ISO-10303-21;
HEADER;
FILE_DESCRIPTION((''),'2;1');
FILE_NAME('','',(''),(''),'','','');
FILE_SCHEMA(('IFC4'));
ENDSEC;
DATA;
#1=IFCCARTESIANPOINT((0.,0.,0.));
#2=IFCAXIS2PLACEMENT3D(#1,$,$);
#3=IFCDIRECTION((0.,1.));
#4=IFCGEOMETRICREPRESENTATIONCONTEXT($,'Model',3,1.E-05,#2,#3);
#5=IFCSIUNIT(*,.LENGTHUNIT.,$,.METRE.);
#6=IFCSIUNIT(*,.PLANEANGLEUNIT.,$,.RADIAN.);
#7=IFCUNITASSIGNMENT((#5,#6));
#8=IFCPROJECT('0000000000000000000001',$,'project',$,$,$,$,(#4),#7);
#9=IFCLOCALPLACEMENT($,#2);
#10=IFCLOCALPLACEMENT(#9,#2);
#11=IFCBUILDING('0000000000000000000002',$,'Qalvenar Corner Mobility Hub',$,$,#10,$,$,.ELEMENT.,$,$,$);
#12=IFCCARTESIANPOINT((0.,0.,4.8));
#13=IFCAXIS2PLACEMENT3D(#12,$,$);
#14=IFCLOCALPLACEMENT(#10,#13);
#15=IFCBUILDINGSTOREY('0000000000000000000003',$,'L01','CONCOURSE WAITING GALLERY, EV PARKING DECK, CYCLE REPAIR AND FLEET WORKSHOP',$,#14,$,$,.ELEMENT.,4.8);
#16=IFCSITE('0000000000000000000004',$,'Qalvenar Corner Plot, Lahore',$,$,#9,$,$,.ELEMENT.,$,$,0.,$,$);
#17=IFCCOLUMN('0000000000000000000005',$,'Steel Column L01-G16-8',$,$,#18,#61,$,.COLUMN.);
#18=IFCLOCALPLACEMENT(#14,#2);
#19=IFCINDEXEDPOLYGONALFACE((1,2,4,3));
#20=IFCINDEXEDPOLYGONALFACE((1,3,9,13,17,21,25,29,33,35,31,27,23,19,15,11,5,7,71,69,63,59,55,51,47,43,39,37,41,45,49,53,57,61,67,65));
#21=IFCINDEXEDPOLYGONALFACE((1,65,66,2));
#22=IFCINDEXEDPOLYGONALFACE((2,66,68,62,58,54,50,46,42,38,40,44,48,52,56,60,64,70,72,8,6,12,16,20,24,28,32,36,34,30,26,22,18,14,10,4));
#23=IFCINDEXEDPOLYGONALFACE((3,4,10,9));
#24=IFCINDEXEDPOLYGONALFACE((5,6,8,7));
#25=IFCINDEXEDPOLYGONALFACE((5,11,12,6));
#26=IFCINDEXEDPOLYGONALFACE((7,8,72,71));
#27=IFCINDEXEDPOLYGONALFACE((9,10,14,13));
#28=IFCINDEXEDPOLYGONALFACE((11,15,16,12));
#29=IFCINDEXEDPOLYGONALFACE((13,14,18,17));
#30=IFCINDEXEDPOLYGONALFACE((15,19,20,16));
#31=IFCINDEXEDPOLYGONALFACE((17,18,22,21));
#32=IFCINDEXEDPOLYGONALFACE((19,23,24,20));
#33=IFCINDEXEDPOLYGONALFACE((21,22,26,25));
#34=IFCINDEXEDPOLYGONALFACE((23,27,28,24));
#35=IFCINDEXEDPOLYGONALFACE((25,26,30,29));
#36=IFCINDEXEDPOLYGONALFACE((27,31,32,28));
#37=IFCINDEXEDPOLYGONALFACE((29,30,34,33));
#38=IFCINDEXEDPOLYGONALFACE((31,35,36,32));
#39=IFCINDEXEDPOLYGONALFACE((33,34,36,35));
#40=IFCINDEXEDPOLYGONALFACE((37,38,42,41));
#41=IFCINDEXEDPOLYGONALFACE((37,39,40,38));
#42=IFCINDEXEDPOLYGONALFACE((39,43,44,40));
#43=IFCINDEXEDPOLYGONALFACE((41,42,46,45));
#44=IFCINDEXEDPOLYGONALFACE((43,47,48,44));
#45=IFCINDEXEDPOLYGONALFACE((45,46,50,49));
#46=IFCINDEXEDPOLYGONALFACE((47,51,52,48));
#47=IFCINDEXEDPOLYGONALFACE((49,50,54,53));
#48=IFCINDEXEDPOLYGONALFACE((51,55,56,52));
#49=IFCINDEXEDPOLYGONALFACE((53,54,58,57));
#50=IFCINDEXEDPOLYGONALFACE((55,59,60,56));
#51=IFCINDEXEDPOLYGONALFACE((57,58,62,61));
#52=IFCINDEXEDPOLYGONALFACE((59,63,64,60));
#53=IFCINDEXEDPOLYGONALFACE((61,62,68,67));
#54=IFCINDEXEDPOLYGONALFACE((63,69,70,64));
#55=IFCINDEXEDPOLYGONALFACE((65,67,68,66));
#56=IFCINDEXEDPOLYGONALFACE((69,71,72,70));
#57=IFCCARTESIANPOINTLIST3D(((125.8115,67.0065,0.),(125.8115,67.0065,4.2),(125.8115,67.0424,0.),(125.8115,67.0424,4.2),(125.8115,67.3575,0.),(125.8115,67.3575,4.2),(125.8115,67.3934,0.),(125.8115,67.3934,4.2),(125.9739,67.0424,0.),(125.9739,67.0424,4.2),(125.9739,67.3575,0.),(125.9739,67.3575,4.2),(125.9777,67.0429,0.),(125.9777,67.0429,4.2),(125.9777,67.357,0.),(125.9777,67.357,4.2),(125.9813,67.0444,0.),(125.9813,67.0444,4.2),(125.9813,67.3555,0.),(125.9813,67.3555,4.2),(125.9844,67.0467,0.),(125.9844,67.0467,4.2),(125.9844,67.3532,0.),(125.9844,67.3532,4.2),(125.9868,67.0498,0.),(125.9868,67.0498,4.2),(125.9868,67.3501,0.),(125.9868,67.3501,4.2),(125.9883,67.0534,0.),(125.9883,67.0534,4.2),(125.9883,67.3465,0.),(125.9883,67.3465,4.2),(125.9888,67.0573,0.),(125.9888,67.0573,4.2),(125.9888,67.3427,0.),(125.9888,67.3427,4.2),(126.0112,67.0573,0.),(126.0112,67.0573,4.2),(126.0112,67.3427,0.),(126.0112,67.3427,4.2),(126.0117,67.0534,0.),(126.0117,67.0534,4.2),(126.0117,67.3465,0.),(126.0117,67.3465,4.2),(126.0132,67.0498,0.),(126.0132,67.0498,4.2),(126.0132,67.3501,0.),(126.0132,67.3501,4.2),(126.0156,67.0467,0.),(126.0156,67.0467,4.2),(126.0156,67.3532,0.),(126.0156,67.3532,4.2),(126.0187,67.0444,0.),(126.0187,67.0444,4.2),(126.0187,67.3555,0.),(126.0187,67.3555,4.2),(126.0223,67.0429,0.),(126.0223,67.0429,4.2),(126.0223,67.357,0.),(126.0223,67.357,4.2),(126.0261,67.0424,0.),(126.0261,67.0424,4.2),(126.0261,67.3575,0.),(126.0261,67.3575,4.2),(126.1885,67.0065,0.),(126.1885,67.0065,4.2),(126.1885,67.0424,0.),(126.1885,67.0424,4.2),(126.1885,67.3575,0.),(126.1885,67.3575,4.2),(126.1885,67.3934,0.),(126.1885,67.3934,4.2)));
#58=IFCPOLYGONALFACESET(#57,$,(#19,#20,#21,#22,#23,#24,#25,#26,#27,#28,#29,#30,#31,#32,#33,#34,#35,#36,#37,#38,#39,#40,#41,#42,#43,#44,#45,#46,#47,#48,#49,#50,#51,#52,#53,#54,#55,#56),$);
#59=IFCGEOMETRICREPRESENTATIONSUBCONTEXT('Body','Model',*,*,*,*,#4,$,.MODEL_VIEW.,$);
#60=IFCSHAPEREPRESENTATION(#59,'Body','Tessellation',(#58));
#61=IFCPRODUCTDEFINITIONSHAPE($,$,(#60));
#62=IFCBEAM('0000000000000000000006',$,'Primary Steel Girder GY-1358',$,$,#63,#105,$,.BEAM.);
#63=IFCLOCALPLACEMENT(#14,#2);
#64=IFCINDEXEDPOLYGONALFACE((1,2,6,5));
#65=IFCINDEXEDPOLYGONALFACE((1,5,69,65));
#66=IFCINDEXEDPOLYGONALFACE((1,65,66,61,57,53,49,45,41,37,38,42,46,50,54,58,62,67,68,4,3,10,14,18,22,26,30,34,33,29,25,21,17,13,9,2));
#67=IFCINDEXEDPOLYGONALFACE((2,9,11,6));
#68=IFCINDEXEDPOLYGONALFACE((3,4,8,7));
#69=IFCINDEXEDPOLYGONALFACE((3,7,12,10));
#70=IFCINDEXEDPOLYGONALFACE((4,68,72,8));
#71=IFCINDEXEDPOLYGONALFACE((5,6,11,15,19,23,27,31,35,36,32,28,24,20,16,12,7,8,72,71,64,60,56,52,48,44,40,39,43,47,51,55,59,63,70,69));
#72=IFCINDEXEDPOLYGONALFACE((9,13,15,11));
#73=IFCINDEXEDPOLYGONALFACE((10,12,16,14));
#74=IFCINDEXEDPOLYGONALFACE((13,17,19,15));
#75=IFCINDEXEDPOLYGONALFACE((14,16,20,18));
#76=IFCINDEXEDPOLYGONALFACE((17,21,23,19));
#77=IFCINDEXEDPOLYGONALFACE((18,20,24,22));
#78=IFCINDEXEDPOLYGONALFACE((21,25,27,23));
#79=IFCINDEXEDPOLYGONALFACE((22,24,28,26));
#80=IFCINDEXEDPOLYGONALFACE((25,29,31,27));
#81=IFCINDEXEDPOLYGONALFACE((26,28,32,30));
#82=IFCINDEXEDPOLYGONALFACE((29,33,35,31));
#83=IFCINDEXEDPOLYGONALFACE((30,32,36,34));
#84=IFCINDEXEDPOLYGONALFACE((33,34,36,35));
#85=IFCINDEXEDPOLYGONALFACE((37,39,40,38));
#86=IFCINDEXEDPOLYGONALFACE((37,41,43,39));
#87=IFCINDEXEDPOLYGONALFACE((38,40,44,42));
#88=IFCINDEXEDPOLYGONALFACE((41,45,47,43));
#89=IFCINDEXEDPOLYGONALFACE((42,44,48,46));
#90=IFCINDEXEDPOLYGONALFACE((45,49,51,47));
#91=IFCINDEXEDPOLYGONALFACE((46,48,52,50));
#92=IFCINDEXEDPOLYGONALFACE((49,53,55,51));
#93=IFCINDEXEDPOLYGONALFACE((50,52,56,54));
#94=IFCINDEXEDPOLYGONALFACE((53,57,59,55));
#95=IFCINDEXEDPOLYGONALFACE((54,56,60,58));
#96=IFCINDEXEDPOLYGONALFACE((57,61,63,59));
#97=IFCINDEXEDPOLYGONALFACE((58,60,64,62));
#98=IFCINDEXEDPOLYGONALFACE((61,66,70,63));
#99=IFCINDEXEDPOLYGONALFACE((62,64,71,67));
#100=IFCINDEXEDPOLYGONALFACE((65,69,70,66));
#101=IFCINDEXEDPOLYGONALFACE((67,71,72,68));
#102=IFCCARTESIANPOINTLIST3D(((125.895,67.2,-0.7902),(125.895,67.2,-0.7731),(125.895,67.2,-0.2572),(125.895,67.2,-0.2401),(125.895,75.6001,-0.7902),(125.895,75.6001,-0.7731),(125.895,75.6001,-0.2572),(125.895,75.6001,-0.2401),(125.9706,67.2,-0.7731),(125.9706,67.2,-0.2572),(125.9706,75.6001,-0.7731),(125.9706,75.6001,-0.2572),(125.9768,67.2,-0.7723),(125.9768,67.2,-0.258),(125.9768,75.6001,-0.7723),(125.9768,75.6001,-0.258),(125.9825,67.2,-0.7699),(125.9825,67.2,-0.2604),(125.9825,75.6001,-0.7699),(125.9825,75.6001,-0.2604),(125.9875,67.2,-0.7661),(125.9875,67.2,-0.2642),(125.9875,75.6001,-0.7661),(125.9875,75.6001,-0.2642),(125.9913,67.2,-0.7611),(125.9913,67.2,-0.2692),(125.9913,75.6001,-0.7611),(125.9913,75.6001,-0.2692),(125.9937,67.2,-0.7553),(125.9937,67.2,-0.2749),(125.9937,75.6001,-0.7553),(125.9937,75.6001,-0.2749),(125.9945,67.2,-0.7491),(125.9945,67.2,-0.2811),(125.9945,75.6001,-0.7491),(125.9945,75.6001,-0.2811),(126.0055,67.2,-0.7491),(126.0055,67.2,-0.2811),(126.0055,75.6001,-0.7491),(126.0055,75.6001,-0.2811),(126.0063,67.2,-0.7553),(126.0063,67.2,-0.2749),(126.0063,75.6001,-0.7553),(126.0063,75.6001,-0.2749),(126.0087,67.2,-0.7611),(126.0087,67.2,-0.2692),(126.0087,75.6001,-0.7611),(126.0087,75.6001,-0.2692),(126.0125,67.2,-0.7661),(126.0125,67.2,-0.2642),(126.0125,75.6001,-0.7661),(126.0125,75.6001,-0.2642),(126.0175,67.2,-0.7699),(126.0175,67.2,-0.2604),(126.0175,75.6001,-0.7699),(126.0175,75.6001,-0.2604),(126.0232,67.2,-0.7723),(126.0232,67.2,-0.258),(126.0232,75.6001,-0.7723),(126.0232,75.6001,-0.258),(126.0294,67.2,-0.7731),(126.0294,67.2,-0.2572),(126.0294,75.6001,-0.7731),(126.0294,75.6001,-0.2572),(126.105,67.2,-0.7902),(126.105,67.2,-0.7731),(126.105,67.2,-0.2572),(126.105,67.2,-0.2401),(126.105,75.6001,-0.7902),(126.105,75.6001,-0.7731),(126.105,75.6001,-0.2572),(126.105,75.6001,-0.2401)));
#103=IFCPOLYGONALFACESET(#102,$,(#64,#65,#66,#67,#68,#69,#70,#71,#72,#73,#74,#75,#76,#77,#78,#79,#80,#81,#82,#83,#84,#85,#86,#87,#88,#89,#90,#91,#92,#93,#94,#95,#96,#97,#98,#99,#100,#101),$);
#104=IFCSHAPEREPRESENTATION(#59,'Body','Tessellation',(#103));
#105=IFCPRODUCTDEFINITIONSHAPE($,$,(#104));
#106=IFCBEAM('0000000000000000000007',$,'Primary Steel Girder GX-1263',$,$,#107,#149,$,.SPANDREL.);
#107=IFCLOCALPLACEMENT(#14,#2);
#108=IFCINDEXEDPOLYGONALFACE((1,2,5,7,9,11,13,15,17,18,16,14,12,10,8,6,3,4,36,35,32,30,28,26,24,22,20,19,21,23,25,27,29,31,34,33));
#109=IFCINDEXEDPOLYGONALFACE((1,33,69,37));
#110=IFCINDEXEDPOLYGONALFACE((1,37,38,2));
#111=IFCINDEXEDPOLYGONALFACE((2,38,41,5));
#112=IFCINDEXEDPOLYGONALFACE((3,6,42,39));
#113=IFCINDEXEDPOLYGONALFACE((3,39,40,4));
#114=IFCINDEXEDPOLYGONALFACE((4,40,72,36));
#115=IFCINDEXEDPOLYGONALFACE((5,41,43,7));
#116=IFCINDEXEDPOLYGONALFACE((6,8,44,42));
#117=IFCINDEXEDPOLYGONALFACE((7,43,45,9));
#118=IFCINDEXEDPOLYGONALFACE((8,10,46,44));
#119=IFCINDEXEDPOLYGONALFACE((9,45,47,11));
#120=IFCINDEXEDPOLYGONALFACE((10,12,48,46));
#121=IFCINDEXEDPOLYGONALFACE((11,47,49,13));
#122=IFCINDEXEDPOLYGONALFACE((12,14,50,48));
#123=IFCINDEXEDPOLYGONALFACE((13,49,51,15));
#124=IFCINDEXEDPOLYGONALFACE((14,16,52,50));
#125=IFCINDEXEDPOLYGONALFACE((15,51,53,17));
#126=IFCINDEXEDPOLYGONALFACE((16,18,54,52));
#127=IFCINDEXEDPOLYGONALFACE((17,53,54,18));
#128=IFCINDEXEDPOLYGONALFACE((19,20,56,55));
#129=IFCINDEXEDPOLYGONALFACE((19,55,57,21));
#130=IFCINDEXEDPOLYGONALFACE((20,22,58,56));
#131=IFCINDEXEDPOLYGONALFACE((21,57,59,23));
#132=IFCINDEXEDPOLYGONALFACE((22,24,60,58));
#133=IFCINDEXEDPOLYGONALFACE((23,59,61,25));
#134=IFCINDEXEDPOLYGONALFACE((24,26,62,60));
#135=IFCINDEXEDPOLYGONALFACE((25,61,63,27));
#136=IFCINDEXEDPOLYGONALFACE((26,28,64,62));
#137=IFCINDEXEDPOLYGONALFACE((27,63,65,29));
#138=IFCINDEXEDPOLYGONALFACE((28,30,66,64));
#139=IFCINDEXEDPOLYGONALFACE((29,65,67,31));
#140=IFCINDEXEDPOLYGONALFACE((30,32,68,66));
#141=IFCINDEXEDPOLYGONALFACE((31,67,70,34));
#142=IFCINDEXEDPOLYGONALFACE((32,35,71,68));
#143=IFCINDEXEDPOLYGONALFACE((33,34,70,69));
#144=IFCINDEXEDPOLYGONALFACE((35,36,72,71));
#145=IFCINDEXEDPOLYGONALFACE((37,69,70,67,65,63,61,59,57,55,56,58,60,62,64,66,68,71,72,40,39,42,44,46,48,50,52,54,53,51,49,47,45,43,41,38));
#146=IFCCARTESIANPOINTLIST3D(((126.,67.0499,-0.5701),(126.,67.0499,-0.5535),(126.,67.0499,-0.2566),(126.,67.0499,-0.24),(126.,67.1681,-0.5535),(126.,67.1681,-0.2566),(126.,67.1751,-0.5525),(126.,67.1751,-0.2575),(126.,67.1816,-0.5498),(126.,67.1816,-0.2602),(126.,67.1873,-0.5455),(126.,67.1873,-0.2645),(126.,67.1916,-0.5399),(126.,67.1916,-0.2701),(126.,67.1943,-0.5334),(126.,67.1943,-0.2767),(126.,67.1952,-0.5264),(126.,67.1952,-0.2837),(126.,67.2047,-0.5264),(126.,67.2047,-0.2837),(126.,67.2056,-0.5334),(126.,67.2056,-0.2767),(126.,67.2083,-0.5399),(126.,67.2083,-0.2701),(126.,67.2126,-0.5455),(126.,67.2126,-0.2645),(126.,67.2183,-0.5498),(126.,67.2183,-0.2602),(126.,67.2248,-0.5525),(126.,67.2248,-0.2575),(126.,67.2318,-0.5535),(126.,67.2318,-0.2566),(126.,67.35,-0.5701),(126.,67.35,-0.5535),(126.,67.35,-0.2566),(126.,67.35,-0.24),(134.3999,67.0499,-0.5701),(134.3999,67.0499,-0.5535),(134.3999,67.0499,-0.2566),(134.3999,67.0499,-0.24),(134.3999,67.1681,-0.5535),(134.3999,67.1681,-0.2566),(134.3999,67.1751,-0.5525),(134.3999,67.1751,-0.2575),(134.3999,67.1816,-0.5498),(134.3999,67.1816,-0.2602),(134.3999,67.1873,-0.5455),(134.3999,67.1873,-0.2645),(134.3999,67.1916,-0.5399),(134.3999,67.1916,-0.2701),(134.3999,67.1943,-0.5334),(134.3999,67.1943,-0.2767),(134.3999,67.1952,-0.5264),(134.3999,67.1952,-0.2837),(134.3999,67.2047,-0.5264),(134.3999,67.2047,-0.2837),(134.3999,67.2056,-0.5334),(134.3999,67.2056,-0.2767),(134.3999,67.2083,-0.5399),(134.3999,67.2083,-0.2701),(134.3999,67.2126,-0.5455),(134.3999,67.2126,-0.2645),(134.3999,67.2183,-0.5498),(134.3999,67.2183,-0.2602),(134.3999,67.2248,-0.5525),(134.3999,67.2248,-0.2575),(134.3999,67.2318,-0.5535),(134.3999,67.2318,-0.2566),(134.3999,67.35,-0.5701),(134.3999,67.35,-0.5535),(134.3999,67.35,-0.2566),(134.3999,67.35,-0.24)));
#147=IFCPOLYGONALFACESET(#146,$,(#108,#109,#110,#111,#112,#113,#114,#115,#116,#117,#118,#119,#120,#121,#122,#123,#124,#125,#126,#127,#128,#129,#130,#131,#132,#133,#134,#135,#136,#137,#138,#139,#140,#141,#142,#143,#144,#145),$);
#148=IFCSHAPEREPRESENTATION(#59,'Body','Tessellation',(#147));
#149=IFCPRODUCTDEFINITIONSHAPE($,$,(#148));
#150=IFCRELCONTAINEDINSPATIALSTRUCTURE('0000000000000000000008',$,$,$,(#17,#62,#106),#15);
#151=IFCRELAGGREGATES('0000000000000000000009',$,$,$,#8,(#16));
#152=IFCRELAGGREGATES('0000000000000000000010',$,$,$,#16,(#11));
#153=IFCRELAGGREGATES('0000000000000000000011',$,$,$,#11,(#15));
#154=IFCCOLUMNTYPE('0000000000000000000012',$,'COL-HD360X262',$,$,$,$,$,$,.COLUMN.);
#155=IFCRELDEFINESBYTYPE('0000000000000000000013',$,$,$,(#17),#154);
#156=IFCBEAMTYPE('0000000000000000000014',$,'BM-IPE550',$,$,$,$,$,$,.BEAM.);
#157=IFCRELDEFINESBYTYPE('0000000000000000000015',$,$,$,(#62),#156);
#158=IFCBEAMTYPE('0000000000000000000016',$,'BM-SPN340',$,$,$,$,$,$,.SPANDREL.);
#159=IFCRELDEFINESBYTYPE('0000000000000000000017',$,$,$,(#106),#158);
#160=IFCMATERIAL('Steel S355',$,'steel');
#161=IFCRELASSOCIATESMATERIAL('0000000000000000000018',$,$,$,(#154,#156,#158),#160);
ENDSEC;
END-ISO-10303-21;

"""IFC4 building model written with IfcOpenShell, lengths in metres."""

from ifc_helpers import new_model, si_unit, direction, frame, origin, origin_2d, place, context, subcontext, project, spatial, i_section, extrude, material, material_profile, profile_set, type_object, element, save


model = new_model("IFC4")

# Units and contexts
model_context = context("Model", 3, precision=1e-05, world=origin(), true_north=direction((0.0, 1.0)))
body_context = subcontext(model_context, "Body", "Model", "MODEL_VIEW")
ifc_project = project(units=[si_unit("LENGTHUNIT", "METRE"), si_unit("PLANEANGLEUNIT", "RADIAN")], contexts=[model_context])

# Site, building, storey
site_placement = place(None, origin())
site = spatial("IfcSite", under=ifc_project, at=site_placement, Name="Qalvenar Corner Plot, Lahore", CompositionType="ELEMENT", RefElevation=0.0)
building_placement = place(site_placement, origin())
building = spatial("IfcBuilding", under=site, at=building_placement, Name="Qalvenar Corner Mobility Hub", CompositionType="ELEMENT")
storey_placement = place(building_placement, frame((0.0, 0.0, 4.8)))
storey = spatial("IfcBuildingStorey", under=building, at=storey_placement, Name="L01", Description="CONCOURSE WAITING GALLERY, EV PARKING DECK, CYCLE REPAIR AND FLEET WORKSHOP", CompositionType="ELEMENT", Elevation=4.8)

# Column
ifc_material_1 = material(Name="Steel S355", Category="steel")
ifc_material_profile_1 = material_profile(ifc_material_1, i_section(OverallWidth=0.377, OverallDepth=0.387, WebThickness=0.0225, FlangeThickness=0.0359, FilletRadius=0.0149, at=origin_2d()), Name="HD360x262")
ifc_profile_set_1 = profile_set([ifc_material_profile_1], Name="Steel S355")
column_type = type_object("IfcColumnType", Name="COL-HD360X262", PredefinedType="COLUMN", material=ifc_profile_set_1)
column_placement = place(storey_placement, frame((126.0, 67.2, 0.0), z_axis=(0.0, 0.0, 1.0), x_axis=(1.0, 0.0, 0.0)))
element("IfcColumn", 1, at=column_placement, inside=storey, type_object=column_type, Name="Steel Column L01-G16-8", PredefinedType="COLUMN", context=body_context, shape_type="SweptSolid", body=[
    extrude(i_section(OverallWidth=0.377, OverallDepth=0.387, WebThickness=0.0225, FlangeThickness=0.0359, FilletRadius=0.0149, at=origin_2d()), origin(), (0.0, 0.0, 1.0), 4.2),
])

# Beams
ifc_material_profile_2 = material_profile(ifc_material_1, i_section(OverallWidth=0.21, OverallDepth=0.55, WebThickness=0.011, FlangeThickness=0.0171, FilletRadius=0.0239, at=origin_2d()), Name="IPE550")
ifc_profile_set_2 = profile_set([ifc_material_profile_2], Name="Steel S355")
beam_type_1 = type_object("IfcBeamType", Name="BM-IPE550", PredefinedType="BEAM", material=ifc_profile_set_2)
beam_1_placement = place(storey_placement, frame((126.0, 67.2, -0.5151), z_axis=(0.0, 1.0, 0.0), x_axis=(-1.0, 0.0, 0.0)))
element("IfcBeam", 2, at=beam_1_placement, inside=storey, type_object=beam_type_1, Name="Primary Steel Girder GY-1358", PredefinedType="BEAM", context=body_context, shape_type="SweptSolid", body=[
    extrude(i_section(OverallWidth=0.21, OverallDepth=0.55, WebThickness=0.011, FlangeThickness=0.0171, FilletRadius=0.0239, at=origin_2d()), origin(), (0.0, 0.0, 1.0), 8.4001),
])
ifc_material_profile_3 = material_profile(ifc_material_1, i_section(OverallWidth=0.3, OverallDepth=0.3301, WebThickness=0.0095, FlangeThickness=0.0166, FilletRadius=0.0271, at=origin_2d()), Name="HEA340")
ifc_profile_set_3 = profile_set([ifc_material_profile_3], Name="Steel S355")
beam_type_2 = type_object("IfcBeamType", Name="BM-SPN340", PredefinedType="SPANDREL", material=ifc_profile_set_3)
beam_2_placement = place(storey_placement, frame((126.0, 67.2, -0.405), z_axis=(1.0, 0.0, 0.0), x_axis=(0.0, 1.0, 0.0)))
element("IfcBeam", 3, at=beam_2_placement, inside=storey, type_object=beam_type_2, Name="Primary Steel Girder GX-1263", PredefinedType="SPANDREL", context=body_context, shape_type="SweptSolid", body=[
    extrude(i_section(OverallWidth=0.3, OverallDepth=0.3301, WebThickness=0.0095, FlangeThickness=0.0166, FilletRadius=0.0271, at=origin_2d()), origin(), (0.0, 0.0, 1.0), 8.3999),
])

save(model, "model.ifc")
